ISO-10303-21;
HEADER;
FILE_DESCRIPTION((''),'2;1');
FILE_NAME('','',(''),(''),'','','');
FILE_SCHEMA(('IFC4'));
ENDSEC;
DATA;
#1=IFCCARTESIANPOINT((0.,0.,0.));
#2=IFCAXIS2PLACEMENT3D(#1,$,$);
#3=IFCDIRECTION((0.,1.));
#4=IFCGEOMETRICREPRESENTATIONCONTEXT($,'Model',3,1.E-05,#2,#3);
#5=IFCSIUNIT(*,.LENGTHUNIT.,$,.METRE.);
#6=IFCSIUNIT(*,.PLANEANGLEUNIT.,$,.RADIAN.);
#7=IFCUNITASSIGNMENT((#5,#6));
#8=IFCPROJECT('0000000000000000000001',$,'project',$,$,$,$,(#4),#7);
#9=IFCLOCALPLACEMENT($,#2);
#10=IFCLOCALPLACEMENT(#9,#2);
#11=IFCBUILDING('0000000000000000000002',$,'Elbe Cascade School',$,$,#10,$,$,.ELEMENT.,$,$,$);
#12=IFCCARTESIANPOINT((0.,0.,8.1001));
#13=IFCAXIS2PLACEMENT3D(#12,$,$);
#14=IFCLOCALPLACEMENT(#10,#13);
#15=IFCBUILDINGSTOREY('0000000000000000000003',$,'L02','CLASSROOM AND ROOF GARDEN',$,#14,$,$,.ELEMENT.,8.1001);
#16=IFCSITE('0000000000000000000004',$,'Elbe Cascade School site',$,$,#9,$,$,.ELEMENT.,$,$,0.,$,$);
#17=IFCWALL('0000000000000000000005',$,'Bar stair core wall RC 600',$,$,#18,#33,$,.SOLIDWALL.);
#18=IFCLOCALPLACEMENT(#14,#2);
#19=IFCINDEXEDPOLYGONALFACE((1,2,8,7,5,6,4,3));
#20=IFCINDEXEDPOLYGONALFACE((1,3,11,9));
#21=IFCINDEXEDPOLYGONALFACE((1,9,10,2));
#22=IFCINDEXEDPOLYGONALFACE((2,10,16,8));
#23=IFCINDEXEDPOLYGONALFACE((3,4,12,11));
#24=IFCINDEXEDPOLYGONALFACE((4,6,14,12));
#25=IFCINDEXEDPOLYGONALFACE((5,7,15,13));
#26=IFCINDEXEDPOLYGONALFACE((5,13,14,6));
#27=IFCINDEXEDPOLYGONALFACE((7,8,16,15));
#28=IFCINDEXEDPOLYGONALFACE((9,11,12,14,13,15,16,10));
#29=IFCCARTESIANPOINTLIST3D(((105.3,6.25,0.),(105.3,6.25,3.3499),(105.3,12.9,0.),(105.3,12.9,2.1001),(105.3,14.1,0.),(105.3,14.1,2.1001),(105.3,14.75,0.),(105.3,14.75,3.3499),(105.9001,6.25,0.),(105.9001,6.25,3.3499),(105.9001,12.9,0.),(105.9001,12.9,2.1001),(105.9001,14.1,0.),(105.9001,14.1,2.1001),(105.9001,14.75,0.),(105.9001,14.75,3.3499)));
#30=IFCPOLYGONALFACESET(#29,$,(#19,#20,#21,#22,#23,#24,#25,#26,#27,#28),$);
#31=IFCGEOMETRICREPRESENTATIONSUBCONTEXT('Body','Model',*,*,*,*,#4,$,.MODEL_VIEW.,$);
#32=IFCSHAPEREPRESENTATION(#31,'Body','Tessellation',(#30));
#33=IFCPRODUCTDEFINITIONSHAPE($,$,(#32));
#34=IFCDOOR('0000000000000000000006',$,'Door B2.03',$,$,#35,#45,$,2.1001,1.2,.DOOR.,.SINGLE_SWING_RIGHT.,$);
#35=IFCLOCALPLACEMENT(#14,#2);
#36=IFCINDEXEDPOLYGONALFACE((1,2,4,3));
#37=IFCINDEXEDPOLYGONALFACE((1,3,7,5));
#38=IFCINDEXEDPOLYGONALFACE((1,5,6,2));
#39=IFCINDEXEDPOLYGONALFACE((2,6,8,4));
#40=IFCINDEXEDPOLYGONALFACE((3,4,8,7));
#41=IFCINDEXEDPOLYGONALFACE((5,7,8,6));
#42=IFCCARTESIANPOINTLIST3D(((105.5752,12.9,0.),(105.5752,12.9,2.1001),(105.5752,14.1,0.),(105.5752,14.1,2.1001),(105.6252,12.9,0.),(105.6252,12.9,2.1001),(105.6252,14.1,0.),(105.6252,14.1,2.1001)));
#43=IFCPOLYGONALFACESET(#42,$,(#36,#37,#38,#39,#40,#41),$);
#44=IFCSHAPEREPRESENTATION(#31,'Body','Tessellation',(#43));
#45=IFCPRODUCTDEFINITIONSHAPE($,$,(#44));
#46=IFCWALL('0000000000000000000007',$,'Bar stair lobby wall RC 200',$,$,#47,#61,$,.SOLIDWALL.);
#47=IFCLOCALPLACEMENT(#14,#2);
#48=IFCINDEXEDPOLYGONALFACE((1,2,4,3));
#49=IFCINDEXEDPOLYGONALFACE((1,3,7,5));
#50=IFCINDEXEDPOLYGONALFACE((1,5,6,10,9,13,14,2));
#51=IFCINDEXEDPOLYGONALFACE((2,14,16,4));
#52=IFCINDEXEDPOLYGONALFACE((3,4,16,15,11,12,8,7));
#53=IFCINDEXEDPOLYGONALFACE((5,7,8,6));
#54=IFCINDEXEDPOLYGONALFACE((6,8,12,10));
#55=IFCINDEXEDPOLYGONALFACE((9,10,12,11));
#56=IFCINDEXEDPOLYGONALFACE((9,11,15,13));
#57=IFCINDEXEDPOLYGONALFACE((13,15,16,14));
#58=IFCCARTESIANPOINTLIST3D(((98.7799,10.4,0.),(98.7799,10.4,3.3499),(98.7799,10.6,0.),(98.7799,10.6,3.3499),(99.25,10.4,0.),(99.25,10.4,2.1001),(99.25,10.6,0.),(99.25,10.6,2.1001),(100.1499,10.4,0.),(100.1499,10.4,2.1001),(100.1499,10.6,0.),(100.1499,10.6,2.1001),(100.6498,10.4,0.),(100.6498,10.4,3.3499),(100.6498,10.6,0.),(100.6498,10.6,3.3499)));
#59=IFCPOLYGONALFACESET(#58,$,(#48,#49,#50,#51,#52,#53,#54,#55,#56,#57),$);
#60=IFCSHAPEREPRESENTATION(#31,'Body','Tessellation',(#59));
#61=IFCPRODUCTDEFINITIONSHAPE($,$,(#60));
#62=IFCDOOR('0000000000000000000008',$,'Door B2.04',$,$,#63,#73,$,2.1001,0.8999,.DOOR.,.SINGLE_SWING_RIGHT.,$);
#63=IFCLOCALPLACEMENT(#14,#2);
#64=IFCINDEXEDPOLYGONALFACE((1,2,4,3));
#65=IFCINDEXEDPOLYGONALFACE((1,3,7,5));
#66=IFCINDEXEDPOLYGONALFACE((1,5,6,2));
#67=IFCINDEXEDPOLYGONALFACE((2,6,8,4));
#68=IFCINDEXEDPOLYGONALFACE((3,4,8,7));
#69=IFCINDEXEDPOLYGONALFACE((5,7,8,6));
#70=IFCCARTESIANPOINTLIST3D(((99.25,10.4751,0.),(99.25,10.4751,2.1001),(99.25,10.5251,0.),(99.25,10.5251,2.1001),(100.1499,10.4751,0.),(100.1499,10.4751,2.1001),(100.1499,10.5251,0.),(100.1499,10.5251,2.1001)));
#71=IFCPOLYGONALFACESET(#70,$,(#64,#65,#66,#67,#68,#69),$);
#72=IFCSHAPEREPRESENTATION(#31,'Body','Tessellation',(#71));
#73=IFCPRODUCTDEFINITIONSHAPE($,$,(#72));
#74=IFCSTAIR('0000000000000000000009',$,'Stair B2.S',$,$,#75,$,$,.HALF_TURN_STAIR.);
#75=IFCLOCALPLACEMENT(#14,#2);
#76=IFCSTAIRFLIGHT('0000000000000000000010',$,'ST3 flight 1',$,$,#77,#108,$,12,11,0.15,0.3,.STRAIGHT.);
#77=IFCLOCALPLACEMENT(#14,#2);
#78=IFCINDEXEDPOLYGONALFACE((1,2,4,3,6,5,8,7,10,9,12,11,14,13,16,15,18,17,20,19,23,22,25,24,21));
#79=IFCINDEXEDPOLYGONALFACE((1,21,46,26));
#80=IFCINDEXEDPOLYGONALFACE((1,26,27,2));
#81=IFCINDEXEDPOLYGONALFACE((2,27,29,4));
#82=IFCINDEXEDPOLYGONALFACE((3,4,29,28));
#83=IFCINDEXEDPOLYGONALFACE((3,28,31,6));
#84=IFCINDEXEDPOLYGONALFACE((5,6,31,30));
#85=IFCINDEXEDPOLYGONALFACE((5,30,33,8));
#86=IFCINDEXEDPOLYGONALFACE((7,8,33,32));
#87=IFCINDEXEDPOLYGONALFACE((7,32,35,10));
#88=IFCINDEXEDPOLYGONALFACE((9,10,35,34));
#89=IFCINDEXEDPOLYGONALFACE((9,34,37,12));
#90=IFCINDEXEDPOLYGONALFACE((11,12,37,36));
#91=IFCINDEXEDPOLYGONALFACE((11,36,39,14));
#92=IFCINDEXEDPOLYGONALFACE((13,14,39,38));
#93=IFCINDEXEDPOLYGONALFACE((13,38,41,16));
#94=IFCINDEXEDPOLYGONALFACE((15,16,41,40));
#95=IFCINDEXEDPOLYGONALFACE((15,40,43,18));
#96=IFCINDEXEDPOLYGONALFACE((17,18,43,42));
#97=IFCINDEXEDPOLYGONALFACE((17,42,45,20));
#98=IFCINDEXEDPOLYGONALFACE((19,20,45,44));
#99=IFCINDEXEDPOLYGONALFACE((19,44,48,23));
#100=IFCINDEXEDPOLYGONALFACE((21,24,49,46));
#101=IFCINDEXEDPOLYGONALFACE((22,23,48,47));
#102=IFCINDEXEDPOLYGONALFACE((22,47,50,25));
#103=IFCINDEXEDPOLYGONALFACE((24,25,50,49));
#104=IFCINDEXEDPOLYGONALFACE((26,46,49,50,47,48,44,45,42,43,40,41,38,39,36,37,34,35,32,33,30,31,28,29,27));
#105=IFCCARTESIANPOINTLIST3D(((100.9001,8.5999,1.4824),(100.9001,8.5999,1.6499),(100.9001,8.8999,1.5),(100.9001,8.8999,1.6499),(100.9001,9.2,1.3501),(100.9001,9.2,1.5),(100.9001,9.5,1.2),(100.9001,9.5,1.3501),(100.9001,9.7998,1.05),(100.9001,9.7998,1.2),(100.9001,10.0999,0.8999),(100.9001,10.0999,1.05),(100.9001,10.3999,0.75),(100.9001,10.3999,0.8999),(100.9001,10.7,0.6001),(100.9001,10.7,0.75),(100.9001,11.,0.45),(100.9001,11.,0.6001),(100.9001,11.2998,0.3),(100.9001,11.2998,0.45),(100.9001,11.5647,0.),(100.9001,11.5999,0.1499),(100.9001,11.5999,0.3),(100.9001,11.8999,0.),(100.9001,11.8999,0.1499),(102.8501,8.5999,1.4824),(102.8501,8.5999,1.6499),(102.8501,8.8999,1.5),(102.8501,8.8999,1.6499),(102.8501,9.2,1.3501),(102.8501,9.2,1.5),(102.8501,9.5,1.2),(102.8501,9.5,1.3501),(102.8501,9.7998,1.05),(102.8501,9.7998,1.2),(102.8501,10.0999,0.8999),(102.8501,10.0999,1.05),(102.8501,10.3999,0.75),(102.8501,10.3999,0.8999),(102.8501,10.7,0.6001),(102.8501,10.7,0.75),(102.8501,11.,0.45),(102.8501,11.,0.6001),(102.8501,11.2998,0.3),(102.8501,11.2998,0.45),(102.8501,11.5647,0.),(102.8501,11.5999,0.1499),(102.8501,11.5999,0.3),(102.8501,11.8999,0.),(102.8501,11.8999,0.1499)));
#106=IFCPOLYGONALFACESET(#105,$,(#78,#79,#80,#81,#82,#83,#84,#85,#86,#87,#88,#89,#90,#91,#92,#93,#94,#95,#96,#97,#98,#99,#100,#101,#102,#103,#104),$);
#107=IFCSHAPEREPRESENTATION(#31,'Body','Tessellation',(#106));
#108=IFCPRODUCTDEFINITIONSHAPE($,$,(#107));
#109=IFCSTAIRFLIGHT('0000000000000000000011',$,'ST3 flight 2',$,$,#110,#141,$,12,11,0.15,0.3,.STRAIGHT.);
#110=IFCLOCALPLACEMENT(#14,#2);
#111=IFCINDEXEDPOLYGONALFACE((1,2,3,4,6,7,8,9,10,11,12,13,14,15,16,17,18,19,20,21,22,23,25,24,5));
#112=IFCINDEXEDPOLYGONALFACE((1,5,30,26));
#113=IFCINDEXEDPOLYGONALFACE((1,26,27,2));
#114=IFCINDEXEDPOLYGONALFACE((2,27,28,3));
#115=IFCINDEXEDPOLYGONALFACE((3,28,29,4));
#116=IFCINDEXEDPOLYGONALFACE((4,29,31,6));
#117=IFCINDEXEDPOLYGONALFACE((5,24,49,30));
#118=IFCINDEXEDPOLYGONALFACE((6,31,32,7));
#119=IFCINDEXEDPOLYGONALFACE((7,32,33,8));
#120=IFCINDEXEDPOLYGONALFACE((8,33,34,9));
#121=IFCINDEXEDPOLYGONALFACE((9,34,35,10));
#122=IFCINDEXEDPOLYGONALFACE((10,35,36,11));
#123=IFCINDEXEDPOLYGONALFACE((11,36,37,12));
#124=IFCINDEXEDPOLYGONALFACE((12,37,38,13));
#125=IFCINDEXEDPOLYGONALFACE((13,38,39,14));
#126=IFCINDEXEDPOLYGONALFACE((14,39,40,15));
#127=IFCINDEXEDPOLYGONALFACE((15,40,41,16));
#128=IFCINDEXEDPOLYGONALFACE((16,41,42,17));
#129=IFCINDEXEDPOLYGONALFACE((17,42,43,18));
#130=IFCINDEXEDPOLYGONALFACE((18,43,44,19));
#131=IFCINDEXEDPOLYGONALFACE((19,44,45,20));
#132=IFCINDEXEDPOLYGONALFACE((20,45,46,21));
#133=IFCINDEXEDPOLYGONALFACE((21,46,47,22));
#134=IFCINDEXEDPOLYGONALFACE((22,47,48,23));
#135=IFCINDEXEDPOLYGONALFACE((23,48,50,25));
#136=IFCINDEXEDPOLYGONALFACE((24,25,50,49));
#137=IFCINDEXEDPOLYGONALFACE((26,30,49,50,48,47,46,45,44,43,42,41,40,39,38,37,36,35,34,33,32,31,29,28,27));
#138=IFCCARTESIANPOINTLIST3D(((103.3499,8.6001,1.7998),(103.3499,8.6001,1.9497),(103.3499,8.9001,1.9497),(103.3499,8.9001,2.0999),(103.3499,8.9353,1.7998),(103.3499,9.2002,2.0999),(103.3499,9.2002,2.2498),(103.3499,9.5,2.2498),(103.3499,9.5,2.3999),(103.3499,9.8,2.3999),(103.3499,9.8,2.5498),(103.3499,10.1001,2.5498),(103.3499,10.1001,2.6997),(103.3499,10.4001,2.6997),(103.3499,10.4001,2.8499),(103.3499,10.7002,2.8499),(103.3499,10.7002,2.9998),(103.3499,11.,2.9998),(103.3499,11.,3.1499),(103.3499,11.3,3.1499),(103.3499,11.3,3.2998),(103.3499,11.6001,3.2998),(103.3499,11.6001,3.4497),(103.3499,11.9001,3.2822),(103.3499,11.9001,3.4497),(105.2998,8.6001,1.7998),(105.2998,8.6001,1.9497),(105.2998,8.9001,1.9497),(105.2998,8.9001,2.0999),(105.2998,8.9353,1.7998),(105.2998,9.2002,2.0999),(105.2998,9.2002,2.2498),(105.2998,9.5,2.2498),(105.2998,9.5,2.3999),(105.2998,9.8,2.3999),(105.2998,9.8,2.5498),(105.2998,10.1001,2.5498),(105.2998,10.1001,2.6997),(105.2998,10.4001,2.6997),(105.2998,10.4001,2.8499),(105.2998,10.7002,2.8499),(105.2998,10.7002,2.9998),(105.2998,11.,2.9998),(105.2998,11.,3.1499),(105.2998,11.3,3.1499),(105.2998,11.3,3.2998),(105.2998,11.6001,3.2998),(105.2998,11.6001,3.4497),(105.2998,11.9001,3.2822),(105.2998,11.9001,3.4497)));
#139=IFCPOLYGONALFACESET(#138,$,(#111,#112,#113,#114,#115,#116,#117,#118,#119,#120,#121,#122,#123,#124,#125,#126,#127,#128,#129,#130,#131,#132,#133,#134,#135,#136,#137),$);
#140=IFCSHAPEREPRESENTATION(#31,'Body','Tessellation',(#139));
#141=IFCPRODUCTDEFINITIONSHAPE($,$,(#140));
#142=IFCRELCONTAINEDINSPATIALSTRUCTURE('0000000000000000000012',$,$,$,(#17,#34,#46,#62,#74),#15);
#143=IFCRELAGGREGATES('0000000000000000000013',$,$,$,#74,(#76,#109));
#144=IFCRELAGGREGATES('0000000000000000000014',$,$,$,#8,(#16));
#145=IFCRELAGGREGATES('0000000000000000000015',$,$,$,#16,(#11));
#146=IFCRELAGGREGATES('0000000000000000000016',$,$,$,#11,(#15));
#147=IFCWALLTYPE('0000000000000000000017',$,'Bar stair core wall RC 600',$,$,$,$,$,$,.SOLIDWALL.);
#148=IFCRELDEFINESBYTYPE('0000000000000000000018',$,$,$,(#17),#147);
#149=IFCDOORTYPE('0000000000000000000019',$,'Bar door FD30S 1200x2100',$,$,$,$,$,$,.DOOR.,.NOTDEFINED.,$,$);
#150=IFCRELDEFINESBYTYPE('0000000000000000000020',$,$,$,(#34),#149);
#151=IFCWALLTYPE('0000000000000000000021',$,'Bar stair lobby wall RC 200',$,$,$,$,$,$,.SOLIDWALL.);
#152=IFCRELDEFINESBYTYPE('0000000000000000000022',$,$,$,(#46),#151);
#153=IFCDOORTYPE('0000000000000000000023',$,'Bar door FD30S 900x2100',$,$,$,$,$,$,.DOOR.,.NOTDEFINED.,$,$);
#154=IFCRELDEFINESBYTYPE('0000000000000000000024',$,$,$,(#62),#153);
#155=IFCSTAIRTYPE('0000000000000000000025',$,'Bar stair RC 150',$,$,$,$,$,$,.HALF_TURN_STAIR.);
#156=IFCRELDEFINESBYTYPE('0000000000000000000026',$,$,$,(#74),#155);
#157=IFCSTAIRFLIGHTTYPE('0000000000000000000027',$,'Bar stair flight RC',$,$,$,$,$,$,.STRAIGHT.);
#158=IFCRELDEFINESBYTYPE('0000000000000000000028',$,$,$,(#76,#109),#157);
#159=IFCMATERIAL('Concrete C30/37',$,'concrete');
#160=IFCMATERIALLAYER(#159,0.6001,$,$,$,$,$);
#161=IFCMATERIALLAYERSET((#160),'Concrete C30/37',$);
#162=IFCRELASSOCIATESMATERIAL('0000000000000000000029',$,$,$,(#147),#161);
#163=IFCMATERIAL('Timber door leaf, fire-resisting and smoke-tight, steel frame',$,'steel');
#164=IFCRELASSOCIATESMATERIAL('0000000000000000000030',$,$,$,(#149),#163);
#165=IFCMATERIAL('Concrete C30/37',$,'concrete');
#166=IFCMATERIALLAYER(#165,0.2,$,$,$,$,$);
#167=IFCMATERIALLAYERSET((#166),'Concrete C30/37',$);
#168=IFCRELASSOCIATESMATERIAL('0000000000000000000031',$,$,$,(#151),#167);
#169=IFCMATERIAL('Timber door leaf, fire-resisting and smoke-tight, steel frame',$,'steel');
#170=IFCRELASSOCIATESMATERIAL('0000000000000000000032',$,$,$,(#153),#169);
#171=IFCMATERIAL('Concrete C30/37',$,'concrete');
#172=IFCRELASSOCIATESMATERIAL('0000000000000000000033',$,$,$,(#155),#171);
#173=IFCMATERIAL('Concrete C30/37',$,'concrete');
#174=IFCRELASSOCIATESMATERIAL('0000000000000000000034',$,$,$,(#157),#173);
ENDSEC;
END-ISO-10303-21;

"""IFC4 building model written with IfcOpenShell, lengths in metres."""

from ifc_helpers import new_model, si_unit, direction, frame, frame_2d, origin, place, context, subcontext, project, spatial, polyline, rectangle, outline, extrude, material, layer, layer_set, type_object, element, fill, aggregate, save


model = new_model("IFC4")

# Units and contexts
model_context = context("Model", 3, precision=1e-05, world=origin(), true_north=direction((0.0, 1.0)))
body_context = subcontext(model_context, "Body", "Model", "MODEL_VIEW")
ifc_project = project(units=[si_unit("LENGTHUNIT", "METRE"), si_unit("PLANEANGLEUNIT", "RADIAN")], contexts=[model_context])

# Site, building, storey
site_placement = place(None, origin())
site = spatial("IfcSite", under=ifc_project, at=site_placement, Name="Elbe Cascade School site", CompositionType="ELEMENT", RefElevation=0.0)
building_placement = place(site_placement, origin())
building = spatial("IfcBuilding", under=site, at=building_placement, Name="Elbe Cascade School", CompositionType="ELEMENT")
storey_placement = place(building_placement, frame((0.0, 0.0, 8.1001)))
storey = spatial("IfcBuildingStorey", under=building, at=storey_placement, Name="L02", Description="CLASSROOM AND ROOF GARDEN", CompositionType="ELEMENT", Elevation=8.1001)

# Walls, openings, doors
ifc_material_1 = material(Name="Concrete C30/37", Category="concrete")
ifc_layer_1 = layer(ifc_material_1, 0.6001)
ifc_layer_set_1 = layer_set([ifc_layer_1], Name="Concrete C30/37")
wall_type_1 = type_object("IfcWallType", Name="Bar stair core wall RC 600", PredefinedType="SOLIDWALL", material=ifc_layer_set_1)
wall_1_placement = place(storey_placement, frame((105.6001, 6.25, 0.0), z_axis=(0.0, 0.0, 1.0), x_axis=(0.0, 1.0, 0.0)))
wall_1 = element("IfcWall", 1, at=wall_1_placement, inside=storey, type_object=wall_type_1, Name="Bar stair core wall RC 600", PredefinedType="SOLIDWALL", context=body_context, shape_type="SweptSolid", body=[
    extrude(rectangle(XDim=8.5, YDim=0.6001, at=frame_2d((4.25, 0.0))), origin(), (0.0, 0.0, 1.0), 3.3499),
])
opening_1_placement = place(wall_1_placement, frame((6.6499, 0.0, 0.0)))
opening_1 = element("IfcOpeningElement", 2, at=opening_1_placement, cuts=wall_1, PredefinedType="OPENING", context=body_context, shape_type="SweptSolid", body=[
    extrude(rectangle(XDim=1.2, YDim=2.1001, at=frame_2d((0.6001, 1.05))), frame((0.0, 0.3101, 0.0), z_axis=(0.0, -1.0, 0.0), x_axis=(1.0, 0.0, 0.0)), (0.0, 0.0, 1.0), 0.6201),
])
ifc_material_2 = material(Name="Timber door leaf, fire-resisting and smoke-tight, steel frame", Category="steel")
door_type_1 = type_object("IfcDoorType", Name="Bar door FD30S 1200x2100", OperationType="NOTDEFINED", PredefinedType="DOOR", material=ifc_material_2)
door_1_placement = place(opening_1_placement, origin())
door_1 = element("IfcDoor", 3, at=door_1_placement, inside=storey, type_object=door_type_1, Name="Door B2.03", OperationType="SINGLE_SWING_RIGHT", OverallHeight=2.1001, OverallWidth=1.2, PredefinedType="DOOR", context=body_context, shape_type="SweptSolid", body=[
    extrude(rectangle(XDim=1.2, YDim=2.1001, at=frame_2d((0.6001, 1.05))), frame((0.0, 0.0249, 0.0), z_axis=(0.0, -1.0, 0.0), x_axis=(1.0, 0.0, 0.0)), (0.0, 0.0, 1.0), 0.05),
])
fill(opening_1, door_1)
ifc_material_3 = material(Name="Concrete C30/37", Category="concrete")
ifc_layer_2 = layer(ifc_material_3, 0.2)
ifc_layer_set_2 = layer_set([ifc_layer_2], Name="Concrete C30/37")
wall_type_2 = type_object("IfcWallType", Name="Bar stair lobby wall RC 200", PredefinedType="SOLIDWALL", material=ifc_layer_set_2)
wall_2_placement = place(storey_placement, frame((100.6499, 10.5, 0.0), z_axis=(0.0, 0.0, 1.0), x_axis=(-1.0, 0.0, 0.0)))
wall_2 = element("IfcWall", 4, at=wall_2_placement, inside=storey, type_object=wall_type_2, Name="Bar stair lobby wall RC 200", PredefinedType="SOLIDWALL", context=body_context, shape_type="SweptSolid", body=[
    extrude(rectangle(XDim=1.8699, YDim=0.2, at=frame_2d((0.9351, 0.0))), origin(), (0.0, 0.0, 1.0), 3.3499),
])
opening_2_placement = place(wall_2_placement, frame((0.5, 0.0, 0.0)))
opening_2 = element("IfcOpeningElement", 5, at=opening_2_placement, cuts=wall_2, PredefinedType="OPENING", context=body_context, shape_type="SweptSolid", body=[
    extrude(rectangle(XDim=0.8999, YDim=2.1001, at=frame_2d((0.45, 1.05))), frame((0.0, 0.1099, 0.0), z_axis=(0.0, -1.0, 0.0), x_axis=(1.0, 0.0, 0.0)), (0.0, 0.0, 1.0), 0.22),
])
ifc_material_4 = material(Name="Timber door leaf, fire-resisting and smoke-tight, steel frame", Category="steel")
door_type_2 = type_object("IfcDoorType", Name="Bar door FD30S 900x2100", OperationType="NOTDEFINED", PredefinedType="DOOR", material=ifc_material_4)
door_2_placement = place(opening_2_placement, origin())
door_2 = element("IfcDoor", 6, at=door_2_placement, inside=storey, type_object=door_type_2, Name="Door B2.04", OperationType="SINGLE_SWING_RIGHT", OverallHeight=2.1001, OverallWidth=0.8999, PredefinedType="DOOR", context=body_context, shape_type="SweptSolid", body=[
    extrude(rectangle(XDim=0.8999, YDim=2.1001, at=frame_2d((0.45, 1.05))), frame((0.0, 0.0249, 0.0), z_axis=(0.0, -1.0, 0.0), x_axis=(1.0, 0.0, 0.0)), (0.0, 0.0, 1.0), 0.05),
])
fill(opening_2, door_2)

# Stair, stair flights
ifc_material_5 = material(Name="Concrete C30/37", Category="concrete")
stair_type = type_object("IfcStairType", Name="Bar stair RC 150", PredefinedType="HALF_TURN_STAIR", material=ifc_material_5)
stair_placement = place(storey_placement, origin())
stair = element("IfcStair", 7, at=stair_placement, inside=storey, type_object=stair_type, Name="Stair B2.S", PredefinedType="HALF_TURN_STAIR")
ifc_material_6 = material(Name="Concrete C30/37", Category="concrete")
stair_flight_type = type_object("IfcStairFlightType", Name="Bar stair flight RC", PredefinedType="STRAIGHT", material=ifc_material_6)
stair_flight_1_placement = place(storey_placement, frame((101.875, 11.8999, 0.0), z_axis=(0.0, 0.0, 1.0), x_axis=(0.0, -1.0, 0.0)))
stair_flight_1 = element("IfcStairFlight", 8, at=stair_flight_1_placement, type_object=stair_flight_type, Name="ST3 flight 1", NumberOfRisers=12, NumberOfTreads=11, PredefinedType="STRAIGHT", RiserHeight=0.15, TreadLength=0.3, context=body_context, shape_type="SweptSolid", body=[
    extrude(outline(polyline([(0.0, 0.0), (0.0, 0.1499), (0.3, 0.1499), (0.3, 0.3), (0.6001, 0.3), (0.6001, 0.45), (0.8999, 0.45), (0.8999, 0.6001), (1.2, 0.6001), (1.2, 0.75), (1.5, 0.75), (1.5, 0.8999), (1.8, 0.8999), (1.8, 1.05), (2.1001, 1.05), (2.1001, 1.2), (2.3999, 1.2), (2.3999, 1.3501), (2.7, 1.3501), (2.7, 1.5), (3.0, 1.5), (3.0, 1.6499), (3.3, 1.6499), (3.3, 1.8), (3.3, 1.4824), (0.3352, 0.0), (0.0, 0.0)])), frame((0.0, 0.9751, 0.0), z_axis=(0.0, -1.0, 0.0), x_axis=(1.0, 0.0, 0.0)), (0.0, 0.0, 1.0), 1.95),
])
stair_flight_2_placement = place(storey_placement, frame((104.325, 8.6001, 1.7998), z_axis=(0.0, 0.0, 1.0), x_axis=(0.0, 1.0, 0.0)))
stair_flight_2 = element("IfcStairFlight", 9, at=stair_flight_2_placement, type_object=stair_flight_type, Name="ST3 flight 2", NumberOfRisers=12, NumberOfTreads=11, PredefinedType="STRAIGHT", RiserHeight=0.15, TreadLength=0.3, context=body_context, shape_type="SweptSolid", body=[
    extrude(outline(polyline([(0.0, 0.0), (0.0, 0.1499), (0.3, 0.1499), (0.3, 0.3), (0.6001, 0.3), (0.6001, 0.45), (0.8999, 0.45), (0.8999, 0.6001), (1.2, 0.6001), (1.2, 0.75), (1.5, 0.75), (1.5, 0.8999), (1.8, 0.8999), (1.8, 1.05), (2.1001, 1.05), (2.1001, 1.2), (2.3999, 1.2), (2.3999, 1.3501), (2.7, 1.3501), (2.7, 1.5), (3.0, 1.5), (3.0, 1.6499), (3.3, 1.6499), (3.3, 1.8), (3.3, 1.4824), (0.3352, 0.0), (0.0, 0.0)])), frame((0.0, 0.9751, 0.0), z_axis=(0.0, -1.0, 0.0), x_axis=(1.0, 0.0, 0.0)), (0.0, 0.0, 1.0), 1.95),
])
aggregate(stair, [stair_flight_1, stair_flight_2])

save(model, "model.ifc")
